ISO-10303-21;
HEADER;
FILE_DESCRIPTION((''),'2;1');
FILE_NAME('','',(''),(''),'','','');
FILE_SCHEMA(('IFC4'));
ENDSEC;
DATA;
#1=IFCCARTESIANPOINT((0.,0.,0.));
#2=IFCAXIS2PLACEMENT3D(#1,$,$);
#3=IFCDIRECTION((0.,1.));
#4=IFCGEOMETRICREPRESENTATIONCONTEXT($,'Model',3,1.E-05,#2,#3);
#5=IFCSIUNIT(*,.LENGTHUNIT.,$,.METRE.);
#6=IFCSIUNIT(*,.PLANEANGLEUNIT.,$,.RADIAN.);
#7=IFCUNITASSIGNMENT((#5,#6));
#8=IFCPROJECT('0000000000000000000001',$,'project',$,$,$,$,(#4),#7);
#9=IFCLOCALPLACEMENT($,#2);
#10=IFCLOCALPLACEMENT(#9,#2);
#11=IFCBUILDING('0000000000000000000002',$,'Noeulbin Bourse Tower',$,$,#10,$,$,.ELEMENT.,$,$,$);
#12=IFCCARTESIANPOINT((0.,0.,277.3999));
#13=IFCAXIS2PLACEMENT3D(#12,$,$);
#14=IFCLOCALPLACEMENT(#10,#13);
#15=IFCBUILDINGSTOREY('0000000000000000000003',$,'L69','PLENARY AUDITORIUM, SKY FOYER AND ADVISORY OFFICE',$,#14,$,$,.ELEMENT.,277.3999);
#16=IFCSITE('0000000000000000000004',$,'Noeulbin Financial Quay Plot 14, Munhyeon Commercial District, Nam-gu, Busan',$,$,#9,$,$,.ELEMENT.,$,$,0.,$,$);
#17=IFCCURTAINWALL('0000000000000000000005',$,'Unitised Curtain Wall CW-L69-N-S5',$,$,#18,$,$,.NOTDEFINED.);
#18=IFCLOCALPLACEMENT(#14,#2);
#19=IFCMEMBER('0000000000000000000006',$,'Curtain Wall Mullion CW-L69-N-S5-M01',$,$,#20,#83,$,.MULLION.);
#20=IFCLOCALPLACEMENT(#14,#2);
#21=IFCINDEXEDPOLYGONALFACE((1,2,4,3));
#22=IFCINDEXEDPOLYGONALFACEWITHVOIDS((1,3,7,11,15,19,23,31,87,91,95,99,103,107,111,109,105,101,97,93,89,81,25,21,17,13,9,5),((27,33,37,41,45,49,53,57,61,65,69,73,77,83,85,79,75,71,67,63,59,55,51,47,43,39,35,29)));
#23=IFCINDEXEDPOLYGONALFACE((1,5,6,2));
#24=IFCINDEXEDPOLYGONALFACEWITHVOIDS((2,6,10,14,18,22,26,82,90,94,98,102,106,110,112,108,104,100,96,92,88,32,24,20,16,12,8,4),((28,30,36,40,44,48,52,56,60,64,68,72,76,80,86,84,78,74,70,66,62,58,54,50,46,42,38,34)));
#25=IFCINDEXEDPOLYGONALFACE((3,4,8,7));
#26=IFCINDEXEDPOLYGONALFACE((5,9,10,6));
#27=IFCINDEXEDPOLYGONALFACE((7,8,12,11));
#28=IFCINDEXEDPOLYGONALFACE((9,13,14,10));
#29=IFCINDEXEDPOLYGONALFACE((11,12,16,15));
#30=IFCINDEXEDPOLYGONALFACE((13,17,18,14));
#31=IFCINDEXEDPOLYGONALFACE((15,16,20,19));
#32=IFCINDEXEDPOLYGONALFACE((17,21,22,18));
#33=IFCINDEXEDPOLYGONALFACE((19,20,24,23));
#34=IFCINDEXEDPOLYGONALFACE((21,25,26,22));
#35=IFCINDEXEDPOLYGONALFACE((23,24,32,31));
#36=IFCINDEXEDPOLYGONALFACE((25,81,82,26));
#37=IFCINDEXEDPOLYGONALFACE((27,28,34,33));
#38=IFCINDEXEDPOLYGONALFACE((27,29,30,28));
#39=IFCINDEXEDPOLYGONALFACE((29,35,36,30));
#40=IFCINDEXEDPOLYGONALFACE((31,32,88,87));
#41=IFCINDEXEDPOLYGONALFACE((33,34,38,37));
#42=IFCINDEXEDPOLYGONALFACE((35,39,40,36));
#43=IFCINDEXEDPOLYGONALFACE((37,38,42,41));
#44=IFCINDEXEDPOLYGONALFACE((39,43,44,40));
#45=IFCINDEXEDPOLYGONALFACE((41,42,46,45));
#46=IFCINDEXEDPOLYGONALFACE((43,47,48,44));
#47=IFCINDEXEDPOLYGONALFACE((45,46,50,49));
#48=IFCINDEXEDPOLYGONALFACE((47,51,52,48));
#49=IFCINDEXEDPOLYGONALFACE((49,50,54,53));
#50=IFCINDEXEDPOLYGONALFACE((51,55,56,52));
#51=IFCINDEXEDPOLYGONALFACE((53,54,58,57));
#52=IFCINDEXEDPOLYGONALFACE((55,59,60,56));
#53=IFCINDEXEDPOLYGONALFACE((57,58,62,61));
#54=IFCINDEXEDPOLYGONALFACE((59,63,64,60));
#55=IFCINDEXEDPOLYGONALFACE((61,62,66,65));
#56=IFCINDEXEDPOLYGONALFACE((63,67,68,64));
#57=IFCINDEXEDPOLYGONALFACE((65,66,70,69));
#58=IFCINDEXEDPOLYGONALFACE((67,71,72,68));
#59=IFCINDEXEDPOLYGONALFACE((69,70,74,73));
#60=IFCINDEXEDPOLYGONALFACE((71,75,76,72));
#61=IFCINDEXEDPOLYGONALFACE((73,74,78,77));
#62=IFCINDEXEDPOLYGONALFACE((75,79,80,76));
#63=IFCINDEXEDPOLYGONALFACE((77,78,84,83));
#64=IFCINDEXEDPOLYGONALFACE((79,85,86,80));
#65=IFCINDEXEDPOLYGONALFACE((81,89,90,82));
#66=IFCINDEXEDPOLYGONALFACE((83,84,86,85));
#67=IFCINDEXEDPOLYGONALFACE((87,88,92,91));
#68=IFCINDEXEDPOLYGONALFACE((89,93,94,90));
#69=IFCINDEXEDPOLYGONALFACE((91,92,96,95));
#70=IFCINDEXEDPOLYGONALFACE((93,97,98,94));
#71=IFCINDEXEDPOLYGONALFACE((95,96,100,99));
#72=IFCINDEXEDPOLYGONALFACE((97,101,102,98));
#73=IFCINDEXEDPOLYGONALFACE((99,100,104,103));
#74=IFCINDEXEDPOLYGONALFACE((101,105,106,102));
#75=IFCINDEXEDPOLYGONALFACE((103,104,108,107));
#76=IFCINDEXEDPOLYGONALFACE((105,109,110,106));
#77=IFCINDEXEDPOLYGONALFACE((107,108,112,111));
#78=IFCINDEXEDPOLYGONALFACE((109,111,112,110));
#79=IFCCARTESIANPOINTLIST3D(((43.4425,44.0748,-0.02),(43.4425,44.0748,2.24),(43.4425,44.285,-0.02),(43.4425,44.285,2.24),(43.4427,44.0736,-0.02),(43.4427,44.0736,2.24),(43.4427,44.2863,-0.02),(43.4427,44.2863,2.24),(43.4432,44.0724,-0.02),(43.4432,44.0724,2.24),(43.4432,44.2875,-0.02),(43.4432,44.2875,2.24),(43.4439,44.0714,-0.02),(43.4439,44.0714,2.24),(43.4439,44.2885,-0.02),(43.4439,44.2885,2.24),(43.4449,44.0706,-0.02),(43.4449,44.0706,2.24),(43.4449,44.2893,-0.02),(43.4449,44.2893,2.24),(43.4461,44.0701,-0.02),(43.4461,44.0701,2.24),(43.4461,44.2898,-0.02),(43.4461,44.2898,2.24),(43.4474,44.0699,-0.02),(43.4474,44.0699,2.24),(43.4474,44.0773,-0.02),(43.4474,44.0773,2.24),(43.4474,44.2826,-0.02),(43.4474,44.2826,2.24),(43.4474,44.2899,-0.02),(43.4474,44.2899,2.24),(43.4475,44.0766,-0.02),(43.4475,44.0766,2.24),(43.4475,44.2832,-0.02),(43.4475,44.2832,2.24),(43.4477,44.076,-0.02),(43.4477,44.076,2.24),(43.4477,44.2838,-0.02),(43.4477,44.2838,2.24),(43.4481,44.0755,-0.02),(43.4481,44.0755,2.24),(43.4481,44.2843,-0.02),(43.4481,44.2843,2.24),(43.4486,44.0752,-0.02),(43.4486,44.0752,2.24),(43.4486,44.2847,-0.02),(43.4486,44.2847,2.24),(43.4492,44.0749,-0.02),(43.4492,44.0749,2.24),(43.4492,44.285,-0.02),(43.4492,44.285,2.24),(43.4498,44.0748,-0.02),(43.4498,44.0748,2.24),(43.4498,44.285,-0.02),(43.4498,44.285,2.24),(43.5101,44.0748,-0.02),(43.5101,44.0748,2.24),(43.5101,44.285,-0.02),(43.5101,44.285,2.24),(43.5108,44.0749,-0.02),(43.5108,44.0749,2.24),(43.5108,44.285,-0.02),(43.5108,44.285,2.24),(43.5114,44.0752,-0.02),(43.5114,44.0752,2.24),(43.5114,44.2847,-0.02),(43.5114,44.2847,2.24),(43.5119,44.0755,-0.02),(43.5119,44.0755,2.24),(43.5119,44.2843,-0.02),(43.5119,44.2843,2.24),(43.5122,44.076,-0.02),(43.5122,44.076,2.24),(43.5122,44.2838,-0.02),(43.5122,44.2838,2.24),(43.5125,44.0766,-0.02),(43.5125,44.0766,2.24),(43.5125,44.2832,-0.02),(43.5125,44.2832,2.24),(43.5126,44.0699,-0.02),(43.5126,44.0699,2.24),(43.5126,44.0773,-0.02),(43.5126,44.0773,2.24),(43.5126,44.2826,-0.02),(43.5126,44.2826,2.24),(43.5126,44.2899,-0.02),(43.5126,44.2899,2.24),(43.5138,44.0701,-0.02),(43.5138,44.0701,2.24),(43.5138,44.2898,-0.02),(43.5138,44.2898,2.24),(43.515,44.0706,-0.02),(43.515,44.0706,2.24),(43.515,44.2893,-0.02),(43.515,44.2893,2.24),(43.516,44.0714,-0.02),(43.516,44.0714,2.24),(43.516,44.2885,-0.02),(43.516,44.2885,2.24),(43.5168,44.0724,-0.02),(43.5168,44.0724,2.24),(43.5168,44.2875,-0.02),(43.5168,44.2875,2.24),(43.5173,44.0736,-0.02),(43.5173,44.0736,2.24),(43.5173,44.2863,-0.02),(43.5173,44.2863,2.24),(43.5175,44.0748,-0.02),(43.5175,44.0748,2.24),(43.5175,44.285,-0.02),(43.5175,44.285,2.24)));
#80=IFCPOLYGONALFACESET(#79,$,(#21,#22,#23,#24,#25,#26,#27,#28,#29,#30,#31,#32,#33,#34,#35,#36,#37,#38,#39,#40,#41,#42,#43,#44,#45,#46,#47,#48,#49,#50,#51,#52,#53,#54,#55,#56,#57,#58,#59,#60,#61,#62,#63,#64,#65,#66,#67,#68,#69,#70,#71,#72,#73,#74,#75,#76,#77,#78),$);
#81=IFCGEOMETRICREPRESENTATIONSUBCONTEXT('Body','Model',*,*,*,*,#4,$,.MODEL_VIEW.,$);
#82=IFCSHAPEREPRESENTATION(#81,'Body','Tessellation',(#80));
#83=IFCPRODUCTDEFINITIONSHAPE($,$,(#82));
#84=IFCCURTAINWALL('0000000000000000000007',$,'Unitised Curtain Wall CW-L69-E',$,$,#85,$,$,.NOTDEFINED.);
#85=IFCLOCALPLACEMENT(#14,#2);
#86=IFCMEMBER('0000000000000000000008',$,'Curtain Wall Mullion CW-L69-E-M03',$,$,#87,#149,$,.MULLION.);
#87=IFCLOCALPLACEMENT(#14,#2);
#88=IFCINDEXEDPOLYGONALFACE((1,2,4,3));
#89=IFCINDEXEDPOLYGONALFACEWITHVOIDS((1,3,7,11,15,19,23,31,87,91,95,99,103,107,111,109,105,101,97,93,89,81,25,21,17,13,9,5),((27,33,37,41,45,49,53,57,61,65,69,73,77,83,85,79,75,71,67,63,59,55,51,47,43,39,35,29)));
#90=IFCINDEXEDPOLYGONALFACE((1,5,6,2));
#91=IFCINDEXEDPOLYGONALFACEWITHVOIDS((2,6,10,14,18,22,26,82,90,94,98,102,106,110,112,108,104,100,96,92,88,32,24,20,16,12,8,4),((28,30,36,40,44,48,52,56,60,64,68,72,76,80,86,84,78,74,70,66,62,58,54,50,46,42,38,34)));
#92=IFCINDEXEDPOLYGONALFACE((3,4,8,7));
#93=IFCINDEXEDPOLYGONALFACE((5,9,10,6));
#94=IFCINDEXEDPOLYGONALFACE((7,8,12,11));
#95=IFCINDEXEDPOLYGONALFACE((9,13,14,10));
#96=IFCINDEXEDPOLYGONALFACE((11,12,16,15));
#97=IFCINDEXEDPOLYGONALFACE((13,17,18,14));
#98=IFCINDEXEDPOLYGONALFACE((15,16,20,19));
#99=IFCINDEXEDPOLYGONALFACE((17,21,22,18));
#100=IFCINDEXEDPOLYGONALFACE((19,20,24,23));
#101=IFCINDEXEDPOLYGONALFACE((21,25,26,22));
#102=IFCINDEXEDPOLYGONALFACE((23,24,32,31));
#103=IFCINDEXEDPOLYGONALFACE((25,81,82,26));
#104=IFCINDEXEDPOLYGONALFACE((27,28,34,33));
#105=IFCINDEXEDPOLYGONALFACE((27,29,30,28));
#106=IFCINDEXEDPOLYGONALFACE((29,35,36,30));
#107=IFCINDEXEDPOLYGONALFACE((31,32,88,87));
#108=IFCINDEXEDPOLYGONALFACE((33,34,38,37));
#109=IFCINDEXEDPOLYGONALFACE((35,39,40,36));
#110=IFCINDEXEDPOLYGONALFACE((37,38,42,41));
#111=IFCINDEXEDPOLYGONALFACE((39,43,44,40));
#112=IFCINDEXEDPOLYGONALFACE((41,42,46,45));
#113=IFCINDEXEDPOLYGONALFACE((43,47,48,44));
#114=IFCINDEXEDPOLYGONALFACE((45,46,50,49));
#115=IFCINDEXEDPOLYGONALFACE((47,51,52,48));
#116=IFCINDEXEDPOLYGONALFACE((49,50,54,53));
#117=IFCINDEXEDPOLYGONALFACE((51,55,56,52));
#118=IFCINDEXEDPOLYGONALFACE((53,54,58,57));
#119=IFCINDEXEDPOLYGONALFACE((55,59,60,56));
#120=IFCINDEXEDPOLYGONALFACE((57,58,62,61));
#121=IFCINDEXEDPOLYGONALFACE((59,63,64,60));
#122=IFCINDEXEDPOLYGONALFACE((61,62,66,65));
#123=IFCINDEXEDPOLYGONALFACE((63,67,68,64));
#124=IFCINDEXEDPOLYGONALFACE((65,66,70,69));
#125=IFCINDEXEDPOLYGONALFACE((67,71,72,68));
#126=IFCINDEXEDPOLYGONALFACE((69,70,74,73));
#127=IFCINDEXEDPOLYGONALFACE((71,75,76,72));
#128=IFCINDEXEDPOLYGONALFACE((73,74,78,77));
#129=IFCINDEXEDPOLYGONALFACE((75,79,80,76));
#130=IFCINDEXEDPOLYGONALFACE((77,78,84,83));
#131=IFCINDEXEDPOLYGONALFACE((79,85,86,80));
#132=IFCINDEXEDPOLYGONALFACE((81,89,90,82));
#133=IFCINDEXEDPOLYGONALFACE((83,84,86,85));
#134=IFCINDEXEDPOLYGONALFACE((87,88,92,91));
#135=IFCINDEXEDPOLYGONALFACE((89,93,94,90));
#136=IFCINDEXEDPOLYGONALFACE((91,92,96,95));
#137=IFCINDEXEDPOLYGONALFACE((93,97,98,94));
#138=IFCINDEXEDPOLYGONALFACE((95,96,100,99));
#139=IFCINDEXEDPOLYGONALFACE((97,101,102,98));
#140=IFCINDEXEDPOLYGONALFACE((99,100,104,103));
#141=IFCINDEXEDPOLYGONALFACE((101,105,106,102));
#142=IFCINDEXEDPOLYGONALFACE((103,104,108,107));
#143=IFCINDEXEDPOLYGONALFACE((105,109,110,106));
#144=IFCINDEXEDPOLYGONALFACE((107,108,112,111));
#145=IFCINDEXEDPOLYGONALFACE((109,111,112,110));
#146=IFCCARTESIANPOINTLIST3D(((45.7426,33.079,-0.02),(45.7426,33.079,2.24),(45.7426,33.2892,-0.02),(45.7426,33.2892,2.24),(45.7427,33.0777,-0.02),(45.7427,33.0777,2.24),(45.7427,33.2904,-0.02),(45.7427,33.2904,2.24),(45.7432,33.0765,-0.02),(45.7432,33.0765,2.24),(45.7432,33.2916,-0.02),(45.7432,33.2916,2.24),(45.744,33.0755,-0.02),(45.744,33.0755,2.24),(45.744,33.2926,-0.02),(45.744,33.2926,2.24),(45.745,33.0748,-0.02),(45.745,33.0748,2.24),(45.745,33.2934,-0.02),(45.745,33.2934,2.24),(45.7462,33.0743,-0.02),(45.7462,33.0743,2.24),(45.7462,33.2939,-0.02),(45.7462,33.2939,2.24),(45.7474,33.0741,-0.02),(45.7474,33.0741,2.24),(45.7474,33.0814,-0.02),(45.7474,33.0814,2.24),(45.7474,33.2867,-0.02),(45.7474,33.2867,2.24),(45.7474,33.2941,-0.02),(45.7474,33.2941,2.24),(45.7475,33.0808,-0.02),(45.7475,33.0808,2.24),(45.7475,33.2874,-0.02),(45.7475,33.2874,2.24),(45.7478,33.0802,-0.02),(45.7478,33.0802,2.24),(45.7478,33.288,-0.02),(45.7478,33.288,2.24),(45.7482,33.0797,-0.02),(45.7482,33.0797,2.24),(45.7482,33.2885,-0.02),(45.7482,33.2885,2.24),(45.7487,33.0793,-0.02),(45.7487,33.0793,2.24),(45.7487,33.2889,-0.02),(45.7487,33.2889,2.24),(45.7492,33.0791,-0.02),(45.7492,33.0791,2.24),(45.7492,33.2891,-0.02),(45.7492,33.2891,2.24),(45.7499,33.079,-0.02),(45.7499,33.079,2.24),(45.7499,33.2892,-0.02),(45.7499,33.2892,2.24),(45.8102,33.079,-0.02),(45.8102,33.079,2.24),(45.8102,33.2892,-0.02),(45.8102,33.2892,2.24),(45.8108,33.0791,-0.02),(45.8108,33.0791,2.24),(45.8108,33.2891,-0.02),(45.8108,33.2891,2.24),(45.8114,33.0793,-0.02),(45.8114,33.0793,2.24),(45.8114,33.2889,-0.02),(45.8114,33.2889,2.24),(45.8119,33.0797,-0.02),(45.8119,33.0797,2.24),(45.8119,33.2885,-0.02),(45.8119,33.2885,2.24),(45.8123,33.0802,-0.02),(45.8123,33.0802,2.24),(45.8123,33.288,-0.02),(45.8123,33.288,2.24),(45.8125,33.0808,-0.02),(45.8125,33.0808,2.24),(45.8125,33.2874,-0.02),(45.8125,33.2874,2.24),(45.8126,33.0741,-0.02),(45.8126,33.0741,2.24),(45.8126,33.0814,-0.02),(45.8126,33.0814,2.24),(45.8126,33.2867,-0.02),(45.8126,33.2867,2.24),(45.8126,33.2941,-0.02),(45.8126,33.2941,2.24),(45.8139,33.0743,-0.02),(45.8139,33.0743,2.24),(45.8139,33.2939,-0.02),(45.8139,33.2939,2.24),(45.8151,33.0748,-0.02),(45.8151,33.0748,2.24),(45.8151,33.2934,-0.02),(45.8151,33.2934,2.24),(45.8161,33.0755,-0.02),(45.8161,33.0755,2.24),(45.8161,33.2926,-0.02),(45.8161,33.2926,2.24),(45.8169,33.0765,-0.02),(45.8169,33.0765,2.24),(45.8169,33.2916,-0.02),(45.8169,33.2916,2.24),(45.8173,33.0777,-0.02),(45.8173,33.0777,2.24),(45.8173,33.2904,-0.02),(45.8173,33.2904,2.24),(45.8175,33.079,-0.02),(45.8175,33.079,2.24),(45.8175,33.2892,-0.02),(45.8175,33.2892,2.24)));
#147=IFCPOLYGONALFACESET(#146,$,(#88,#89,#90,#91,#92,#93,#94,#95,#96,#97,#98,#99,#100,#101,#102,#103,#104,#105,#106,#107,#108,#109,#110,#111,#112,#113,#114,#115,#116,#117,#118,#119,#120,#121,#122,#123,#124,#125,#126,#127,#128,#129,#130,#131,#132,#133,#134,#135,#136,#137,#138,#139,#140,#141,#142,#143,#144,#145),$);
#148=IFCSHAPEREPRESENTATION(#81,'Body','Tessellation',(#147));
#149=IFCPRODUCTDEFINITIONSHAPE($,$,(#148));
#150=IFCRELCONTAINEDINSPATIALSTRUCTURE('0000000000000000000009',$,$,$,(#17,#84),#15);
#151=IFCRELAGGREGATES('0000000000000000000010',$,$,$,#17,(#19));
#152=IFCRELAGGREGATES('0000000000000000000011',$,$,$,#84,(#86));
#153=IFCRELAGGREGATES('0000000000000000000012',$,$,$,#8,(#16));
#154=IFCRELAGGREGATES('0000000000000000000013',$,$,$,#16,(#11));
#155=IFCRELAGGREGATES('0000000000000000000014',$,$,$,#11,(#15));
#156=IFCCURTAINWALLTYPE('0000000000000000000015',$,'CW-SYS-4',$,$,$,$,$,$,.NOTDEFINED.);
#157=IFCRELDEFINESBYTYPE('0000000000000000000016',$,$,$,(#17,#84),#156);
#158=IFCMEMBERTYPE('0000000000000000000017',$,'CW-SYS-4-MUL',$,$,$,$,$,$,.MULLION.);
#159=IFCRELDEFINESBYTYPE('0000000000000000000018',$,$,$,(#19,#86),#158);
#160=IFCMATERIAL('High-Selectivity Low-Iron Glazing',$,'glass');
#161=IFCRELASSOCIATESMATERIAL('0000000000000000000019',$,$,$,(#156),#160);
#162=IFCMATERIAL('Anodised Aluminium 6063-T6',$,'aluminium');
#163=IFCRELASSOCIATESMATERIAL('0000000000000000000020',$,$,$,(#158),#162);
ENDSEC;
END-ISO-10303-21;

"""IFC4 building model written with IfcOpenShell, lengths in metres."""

from ifc_helpers import new_model, si_unit, direction, frame, origin, origin_2d, place, context, subcontext, project, spatial, hollow_rectangle, extrude, material, material_profile, profile_set, type_object, element, aggregate, save


model = new_model("IFC4")

# Units and contexts
model_context = context("Model", 3, precision=1e-05, world=origin(), true_north=direction((0.0, 1.0)))
body_context = subcontext(model_context, "Body", "Model", "MODEL_VIEW")
ifc_project = project(units=[si_unit("LENGTHUNIT", "METRE"), si_unit("PLANEANGLEUNIT", "RADIAN")], contexts=[model_context])

# Site, building, storey
site_placement = place(None, origin())
site = spatial("IfcSite", under=ifc_project, at=site_placement, Name="Noeulbin Financial Quay Plot 14, Munhyeon Commercial District, Nam-gu, Busan", CompositionType="ELEMENT", RefElevation=0.0)
building_placement = place(site_placement, origin())
building = spatial("IfcBuilding", under=site, at=building_placement, Name="Noeulbin Bourse Tower", CompositionType="ELEMENT")
storey_placement = place(building_placement, frame((0.0, 0.0, 277.3999)))
storey = spatial("IfcBuildingStorey", under=building, at=storey_placement, Name="L69", Description="PLENARY AUDITORIUM, SKY FOYER AND ADVISORY OFFICE", CompositionType="ELEMENT", Elevation=277.3999)

# Curtain walls, members
ifc_material_1 = material(Name="High-Selectivity Low-Iron Glazing", Category="glass")
curtain_wall_type = type_object("IfcCurtainWallType", Name="CW-SYS-4", PredefinedType="NOTDEFINED", material=ifc_material_1)
curtain_wall_1_placement = place(storey_placement, origin())
curtain_wall_1 = element("IfcCurtainWall", 1, at=curtain_wall_1_placement, inside=storey, type_object=curtain_wall_type, Name="Unitised Curtain Wall CW-L69-N-S5", PredefinedType="NOTDEFINED")
ifc_material_2 = material(Name="Anodised Aluminium 6063-T6", Category="aluminium")
ifc_material_profile_1 = material_profile(ifc_material_2, hollow_rectangle(XDim=0.075, YDim=0.22, WallThickness=0.0049, InnerFilletRadius=0.0024, OuterFilletRadius=0.0049, at=origin_2d()), Name="ALU-MULL-75x220x5", Category="LoadBearing")
ifc_profile_set_1 = profile_set([ifc_material_profile_1], Name="Anodised Aluminium 6063-T6")
member_type_1 = type_object("IfcMemberType", Name="CW-SYS-4-MUL", PredefinedType="MULLION", material=ifc_profile_set_1)
member_1_placement = place(storey_placement, frame((43.48, 44.1799, -0.02), z_axis=(0.0, 0.0, 1.0), x_axis=(1.0, 0.0, 0.0)))
member_1 = element("IfcMember", 2, at=member_1_placement, type_object=member_type_1, Name="Curtain Wall Mullion CW-L69-N-S5-M01", PredefinedType="MULLION", context=body_context, shape_type="SweptSolid", body=[
    extrude(hollow_rectangle(XDim=0.075, YDim=0.22, WallThickness=0.0049, InnerFilletRadius=0.0024, OuterFilletRadius=0.0049, at=origin_2d()), origin(), (0.0, 0.0, 1.0), 2.26),
])
curtain_wall_2_placement = place(storey_placement, origin())
curtain_wall_2 = element("IfcCurtainWall", 3, at=curtain_wall_2_placement, inside=storey, type_object=curtain_wall_type, Name="Unitised Curtain Wall CW-L69-E", PredefinedType="NOTDEFINED")
member_2_placement = place(storey_placement, frame((45.78, 33.1841, -0.02), z_axis=(0.0, 0.0, 1.0), x_axis=(1.0, 0.0, 0.0)))
member_2 = element("IfcMember", 4, at=member_2_placement, type_object=member_type_1, Name="Curtain Wall Mullion CW-L69-E-M03", PredefinedType="MULLION", context=body_context, shape_type="SweptSolid", body=[
    extrude(hollow_rectangle(XDim=0.075, YDim=0.22, WallThickness=0.0049, InnerFilletRadius=0.0024, OuterFilletRadius=0.0049, at=origin_2d()), origin(), (0.0, 0.0, 1.0), 2.26),
])

aggregate(curtain_wall_1, [member_1])
aggregate(curtain_wall_2, [member_2])

save(model, "model.ifc")
